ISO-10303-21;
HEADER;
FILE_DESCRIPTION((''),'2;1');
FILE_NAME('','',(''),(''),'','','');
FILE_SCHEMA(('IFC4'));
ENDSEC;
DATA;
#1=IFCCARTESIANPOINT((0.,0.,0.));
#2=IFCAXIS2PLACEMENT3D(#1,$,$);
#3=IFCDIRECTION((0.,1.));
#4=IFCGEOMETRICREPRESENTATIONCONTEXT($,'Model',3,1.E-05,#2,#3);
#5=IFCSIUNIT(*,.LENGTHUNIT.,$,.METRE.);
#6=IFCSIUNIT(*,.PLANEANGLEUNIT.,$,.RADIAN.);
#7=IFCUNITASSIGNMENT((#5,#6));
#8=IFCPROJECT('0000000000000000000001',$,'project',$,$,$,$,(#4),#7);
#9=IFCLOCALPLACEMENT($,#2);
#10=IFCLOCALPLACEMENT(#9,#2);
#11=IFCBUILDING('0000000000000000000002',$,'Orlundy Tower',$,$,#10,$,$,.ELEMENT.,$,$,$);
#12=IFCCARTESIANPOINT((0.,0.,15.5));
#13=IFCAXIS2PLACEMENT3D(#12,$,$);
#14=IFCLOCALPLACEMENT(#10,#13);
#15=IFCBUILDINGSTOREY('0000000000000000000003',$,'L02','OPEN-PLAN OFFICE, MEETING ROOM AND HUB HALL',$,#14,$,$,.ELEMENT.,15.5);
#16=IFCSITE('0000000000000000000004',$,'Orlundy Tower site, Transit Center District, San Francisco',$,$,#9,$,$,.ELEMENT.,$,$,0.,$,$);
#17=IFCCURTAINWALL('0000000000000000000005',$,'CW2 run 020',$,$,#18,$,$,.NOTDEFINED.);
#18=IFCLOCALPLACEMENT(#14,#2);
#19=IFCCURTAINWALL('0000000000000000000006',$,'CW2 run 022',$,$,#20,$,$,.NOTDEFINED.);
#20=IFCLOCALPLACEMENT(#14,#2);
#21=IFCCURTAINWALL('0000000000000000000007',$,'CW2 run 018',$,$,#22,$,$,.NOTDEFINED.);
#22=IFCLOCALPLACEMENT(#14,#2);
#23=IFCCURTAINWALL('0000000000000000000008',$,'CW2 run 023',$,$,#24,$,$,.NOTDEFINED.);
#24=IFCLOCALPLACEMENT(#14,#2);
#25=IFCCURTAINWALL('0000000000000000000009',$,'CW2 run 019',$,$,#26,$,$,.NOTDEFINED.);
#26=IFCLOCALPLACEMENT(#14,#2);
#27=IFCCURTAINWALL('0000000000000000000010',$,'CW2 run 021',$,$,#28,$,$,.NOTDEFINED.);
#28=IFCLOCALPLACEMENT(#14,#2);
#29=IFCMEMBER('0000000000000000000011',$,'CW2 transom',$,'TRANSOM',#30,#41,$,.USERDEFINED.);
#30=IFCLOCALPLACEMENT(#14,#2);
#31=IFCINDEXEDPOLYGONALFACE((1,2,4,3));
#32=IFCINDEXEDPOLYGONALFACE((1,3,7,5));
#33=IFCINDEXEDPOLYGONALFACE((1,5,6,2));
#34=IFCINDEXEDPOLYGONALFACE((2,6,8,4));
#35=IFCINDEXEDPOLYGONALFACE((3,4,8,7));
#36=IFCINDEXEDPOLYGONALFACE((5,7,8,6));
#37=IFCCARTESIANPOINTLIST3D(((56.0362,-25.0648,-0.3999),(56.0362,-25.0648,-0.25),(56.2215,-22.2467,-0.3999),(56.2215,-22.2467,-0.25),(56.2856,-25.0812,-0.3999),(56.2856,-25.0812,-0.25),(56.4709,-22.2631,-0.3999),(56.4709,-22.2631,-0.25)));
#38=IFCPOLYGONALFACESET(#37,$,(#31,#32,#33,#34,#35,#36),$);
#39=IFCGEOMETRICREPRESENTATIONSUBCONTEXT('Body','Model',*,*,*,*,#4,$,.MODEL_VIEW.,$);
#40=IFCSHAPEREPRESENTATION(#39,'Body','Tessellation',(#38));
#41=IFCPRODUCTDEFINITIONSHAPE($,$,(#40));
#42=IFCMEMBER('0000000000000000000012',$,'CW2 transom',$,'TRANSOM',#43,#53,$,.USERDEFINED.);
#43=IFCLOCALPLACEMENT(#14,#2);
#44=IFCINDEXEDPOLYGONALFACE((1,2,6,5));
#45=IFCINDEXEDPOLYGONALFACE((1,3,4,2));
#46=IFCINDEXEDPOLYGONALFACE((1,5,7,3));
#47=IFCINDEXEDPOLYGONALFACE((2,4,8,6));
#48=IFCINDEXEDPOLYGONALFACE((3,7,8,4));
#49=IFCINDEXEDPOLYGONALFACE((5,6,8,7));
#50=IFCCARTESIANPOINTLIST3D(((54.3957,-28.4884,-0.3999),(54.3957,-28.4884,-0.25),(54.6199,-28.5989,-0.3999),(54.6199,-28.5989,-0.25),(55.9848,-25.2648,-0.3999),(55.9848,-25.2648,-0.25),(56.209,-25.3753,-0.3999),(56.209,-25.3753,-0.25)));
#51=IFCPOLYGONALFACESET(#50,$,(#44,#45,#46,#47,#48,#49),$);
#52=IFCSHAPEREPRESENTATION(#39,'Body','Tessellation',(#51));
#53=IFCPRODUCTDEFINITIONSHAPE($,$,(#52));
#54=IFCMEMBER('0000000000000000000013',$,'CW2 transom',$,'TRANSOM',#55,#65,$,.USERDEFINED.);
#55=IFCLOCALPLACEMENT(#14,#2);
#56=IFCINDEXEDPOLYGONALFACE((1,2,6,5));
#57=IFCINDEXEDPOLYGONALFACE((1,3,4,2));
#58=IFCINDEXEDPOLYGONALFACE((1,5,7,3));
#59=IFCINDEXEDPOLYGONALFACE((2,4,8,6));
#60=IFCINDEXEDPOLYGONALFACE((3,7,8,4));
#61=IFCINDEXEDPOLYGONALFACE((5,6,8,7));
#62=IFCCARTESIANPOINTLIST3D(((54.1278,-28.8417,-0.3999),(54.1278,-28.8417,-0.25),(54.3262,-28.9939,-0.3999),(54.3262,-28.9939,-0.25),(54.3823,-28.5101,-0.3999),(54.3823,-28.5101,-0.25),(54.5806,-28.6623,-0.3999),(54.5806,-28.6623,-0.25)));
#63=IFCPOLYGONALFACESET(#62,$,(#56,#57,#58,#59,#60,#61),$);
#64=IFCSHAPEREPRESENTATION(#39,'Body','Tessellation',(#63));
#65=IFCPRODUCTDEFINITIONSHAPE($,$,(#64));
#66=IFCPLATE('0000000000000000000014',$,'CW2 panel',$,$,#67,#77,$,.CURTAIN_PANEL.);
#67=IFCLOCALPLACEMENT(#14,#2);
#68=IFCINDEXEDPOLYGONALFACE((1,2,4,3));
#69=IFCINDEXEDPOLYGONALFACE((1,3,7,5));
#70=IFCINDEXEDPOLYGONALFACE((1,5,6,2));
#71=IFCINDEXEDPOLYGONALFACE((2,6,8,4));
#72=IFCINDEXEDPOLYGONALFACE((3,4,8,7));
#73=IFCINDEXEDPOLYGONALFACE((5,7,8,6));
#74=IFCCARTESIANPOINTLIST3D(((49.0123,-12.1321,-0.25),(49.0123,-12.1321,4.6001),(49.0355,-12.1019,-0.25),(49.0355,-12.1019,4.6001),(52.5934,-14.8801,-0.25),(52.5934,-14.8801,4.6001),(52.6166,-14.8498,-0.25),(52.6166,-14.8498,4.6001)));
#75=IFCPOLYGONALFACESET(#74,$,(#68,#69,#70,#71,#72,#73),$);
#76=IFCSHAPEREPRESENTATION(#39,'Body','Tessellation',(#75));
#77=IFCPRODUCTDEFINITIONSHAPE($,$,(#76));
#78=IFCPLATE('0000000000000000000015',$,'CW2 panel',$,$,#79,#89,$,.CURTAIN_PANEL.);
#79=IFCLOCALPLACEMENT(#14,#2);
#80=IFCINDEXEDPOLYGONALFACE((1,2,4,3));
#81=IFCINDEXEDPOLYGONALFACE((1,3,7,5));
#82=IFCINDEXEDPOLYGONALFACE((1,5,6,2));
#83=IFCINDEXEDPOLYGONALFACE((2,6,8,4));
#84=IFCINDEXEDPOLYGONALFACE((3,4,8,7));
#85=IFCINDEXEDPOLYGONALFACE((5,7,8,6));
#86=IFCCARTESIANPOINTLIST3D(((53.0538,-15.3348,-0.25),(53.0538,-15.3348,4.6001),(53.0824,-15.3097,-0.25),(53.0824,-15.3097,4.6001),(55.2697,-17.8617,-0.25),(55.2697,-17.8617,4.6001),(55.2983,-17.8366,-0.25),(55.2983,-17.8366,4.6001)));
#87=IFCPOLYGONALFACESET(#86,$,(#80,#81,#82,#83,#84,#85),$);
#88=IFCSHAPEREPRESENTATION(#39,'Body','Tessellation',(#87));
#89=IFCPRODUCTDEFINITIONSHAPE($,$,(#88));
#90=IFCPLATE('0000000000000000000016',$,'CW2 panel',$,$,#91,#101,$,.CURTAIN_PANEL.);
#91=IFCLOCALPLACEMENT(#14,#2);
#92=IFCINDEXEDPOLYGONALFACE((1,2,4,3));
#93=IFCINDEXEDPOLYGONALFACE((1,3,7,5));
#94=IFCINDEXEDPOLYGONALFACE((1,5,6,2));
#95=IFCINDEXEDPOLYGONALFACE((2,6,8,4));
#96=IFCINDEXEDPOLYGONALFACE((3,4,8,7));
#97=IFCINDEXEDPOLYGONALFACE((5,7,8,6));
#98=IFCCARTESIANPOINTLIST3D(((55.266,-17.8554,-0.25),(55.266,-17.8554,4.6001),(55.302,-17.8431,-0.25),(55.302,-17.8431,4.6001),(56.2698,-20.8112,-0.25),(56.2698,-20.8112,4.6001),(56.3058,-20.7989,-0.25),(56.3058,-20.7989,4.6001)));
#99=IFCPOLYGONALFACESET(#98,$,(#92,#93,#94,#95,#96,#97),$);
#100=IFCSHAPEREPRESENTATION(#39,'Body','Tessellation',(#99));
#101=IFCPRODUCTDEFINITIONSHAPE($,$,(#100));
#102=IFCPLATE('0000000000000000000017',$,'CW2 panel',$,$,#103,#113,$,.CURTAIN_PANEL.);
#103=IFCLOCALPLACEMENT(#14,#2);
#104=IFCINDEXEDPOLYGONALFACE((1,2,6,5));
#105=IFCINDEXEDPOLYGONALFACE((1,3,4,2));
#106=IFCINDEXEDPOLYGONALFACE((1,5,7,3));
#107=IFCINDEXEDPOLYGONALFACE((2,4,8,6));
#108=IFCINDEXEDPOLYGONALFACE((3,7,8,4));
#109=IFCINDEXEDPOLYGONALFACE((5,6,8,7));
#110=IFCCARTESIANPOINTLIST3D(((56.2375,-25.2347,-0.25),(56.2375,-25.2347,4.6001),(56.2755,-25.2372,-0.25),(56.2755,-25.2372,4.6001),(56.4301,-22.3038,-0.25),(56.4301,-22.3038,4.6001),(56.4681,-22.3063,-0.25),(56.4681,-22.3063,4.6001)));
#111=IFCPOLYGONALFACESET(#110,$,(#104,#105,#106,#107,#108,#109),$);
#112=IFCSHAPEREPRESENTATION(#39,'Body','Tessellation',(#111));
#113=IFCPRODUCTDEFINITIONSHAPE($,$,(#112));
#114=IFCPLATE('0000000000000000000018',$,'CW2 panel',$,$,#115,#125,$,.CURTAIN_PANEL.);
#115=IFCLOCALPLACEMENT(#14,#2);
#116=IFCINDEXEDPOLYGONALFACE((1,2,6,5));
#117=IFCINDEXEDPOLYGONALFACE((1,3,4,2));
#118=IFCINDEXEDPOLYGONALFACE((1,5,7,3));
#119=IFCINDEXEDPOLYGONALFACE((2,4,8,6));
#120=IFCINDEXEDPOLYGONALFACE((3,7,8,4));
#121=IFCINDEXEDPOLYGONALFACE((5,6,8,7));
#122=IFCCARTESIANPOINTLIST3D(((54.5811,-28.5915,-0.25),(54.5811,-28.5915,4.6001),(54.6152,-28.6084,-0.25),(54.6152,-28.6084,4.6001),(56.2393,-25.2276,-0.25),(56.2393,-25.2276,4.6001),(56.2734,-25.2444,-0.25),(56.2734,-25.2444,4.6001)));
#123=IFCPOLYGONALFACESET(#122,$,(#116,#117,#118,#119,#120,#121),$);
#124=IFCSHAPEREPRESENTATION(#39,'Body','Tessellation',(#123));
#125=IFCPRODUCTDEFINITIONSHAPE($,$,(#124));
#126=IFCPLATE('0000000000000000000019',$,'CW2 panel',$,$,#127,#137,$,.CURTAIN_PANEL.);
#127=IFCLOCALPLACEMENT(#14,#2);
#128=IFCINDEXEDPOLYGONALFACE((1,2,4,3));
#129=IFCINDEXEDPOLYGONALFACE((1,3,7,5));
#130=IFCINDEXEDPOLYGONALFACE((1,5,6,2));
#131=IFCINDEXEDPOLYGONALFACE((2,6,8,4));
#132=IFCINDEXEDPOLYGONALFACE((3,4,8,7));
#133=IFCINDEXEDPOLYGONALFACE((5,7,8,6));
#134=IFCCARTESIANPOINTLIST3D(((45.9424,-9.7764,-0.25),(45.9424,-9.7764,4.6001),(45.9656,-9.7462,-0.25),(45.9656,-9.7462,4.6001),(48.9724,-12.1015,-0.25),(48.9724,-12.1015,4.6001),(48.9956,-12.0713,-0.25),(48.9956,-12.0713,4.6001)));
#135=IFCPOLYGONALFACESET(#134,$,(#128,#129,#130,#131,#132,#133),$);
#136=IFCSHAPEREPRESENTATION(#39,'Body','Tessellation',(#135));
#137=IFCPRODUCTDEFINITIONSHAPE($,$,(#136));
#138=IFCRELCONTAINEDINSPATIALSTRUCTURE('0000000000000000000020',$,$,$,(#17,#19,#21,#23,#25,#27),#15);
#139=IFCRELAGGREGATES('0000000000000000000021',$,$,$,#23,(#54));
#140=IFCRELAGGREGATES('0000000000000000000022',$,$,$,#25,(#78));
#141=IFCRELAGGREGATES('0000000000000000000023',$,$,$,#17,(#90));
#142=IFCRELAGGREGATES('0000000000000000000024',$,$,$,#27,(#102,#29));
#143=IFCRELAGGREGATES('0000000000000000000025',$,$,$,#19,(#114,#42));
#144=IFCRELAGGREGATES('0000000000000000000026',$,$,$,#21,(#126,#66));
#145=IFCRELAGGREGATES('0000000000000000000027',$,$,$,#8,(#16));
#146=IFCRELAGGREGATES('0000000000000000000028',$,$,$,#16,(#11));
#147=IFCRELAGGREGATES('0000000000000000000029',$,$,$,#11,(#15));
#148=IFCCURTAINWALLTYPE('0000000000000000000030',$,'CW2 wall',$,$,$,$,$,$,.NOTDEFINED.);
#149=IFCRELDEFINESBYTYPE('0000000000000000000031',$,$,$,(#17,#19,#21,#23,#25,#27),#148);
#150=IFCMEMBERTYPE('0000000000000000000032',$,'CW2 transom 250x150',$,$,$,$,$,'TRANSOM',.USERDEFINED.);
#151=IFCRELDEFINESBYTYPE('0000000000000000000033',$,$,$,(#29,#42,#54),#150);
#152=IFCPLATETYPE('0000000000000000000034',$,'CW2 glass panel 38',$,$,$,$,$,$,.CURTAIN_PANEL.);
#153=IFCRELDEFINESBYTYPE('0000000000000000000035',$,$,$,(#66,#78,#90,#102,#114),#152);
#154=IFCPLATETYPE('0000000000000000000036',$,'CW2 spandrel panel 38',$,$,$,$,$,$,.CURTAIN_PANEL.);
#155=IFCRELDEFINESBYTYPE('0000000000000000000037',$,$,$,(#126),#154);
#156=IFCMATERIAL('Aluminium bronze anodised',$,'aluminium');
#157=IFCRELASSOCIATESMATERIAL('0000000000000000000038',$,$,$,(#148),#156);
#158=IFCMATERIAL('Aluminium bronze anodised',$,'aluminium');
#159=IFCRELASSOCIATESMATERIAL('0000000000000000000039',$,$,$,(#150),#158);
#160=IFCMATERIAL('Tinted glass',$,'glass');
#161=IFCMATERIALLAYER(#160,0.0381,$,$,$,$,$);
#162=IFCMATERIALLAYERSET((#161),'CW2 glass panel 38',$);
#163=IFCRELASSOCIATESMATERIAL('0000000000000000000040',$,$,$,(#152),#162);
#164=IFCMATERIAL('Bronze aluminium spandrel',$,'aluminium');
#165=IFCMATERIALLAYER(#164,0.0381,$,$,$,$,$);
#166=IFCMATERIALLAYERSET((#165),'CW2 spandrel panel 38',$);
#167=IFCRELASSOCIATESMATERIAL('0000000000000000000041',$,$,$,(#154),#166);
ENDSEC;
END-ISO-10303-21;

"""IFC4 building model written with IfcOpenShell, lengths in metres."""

from ifc_helpers import new_model, si_unit, direction, frame, origin, origin_2d, place, context, subcontext, project, spatial, rectangle, extrude, material, layer, layer_set, material_profile, profile_set, type_object, element, aggregate, save


model = new_model("IFC4")

# Units and contexts
model_context = context("Model", 3, precision=1e-05, world=origin(), true_north=direction((0.0, 1.0)))
body_context = subcontext(model_context, "Body", "Model", "MODEL_VIEW")
ifc_project = project(units=[si_unit("LENGTHUNIT", "METRE"), si_unit("PLANEANGLEUNIT", "RADIAN")], contexts=[model_context])

# Site, building, storey
site_placement = place(None, origin())
site = spatial("IfcSite", under=ifc_project, at=site_placement, Name="Orlundy Tower site, Transit Center District, San Francisco", CompositionType="ELEMENT", RefElevation=0.0)
building_placement = place(site_placement, origin())
building = spatial("IfcBuilding", under=site, at=building_placement, Name="Orlundy Tower", CompositionType="ELEMENT")
storey_placement = place(building_placement, frame((0.0, 0.0, 15.5)))
storey = spatial("IfcBuildingStorey", under=building, at=storey_placement, Name="L02", Description="OPEN-PLAN OFFICE, MEETING ROOM AND HUB HALL", CompositionType="ELEMENT", Elevation=15.5)

# Curtain walls
ifc_material_1 = material(Name="Aluminium bronze anodised", Category="aluminium")
curtain_wall_type = type_object("IfcCurtainWallType", Name="CW2 wall", PredefinedType="NOTDEFINED", material=ifc_material_1)
curtain_wall_1_placement = place(storey_placement, origin())
curtain_wall_1 = element("IfcCurtainWall", 1, at=curtain_wall_1_placement, inside=storey, type_object=curtain_wall_type, Name="CW2 run 020", PredefinedType="NOTDEFINED")
curtain_wall_2_placement = place(storey_placement, origin())
curtain_wall_2 = element("IfcCurtainWall", 2, at=curtain_wall_2_placement, inside=storey, type_object=curtain_wall_type, Name="CW2 run 022", PredefinedType="NOTDEFINED")

# Curtain wall
curtain_wall_3_placement = place(storey_placement, origin())
curtain_wall_3 = element("IfcCurtainWall", 3, at=curtain_wall_3_placement, inside=storey, type_object=curtain_wall_type, Name="CW2 run 018", PredefinedType="NOTDEFINED")

# Curtain wall
curtain_wall_4_placement = place(storey_placement, origin())
curtain_wall_4 = element("IfcCurtainWall", 4, at=curtain_wall_4_placement, inside=storey, type_object=curtain_wall_type, Name="CW2 run 023", PredefinedType="NOTDEFINED")

# Shared definitions
ifc_material_2 = material(Name="Aluminium bronze anodised", Category="aluminium")
ifc_material_profile_1 = material_profile(ifc_material_2, rectangle(XDim=0.25, YDim=0.1499, at=origin_2d()), Name="CW2 transom 250x150")
ifc_profile_set_1 = profile_set([ifc_material_profile_1], Name="Aluminium bronze anodised")
member_type_1 = type_object("IfcMemberType", Name="CW2 transom 250x150", ElementType="TRANSOM", PredefinedType="USERDEFINED", material=ifc_profile_set_1)

# Curtain wall
curtain_wall_5_placement = place(storey_placement, origin())
curtain_wall_5 = element("IfcCurtainWall", 5, at=curtain_wall_5_placement, inside=storey, type_object=curtain_wall_type, Name="CW2 run 019", PredefinedType="NOTDEFINED")

# Curtain wall, member
curtain_wall_6_placement = place(storey_placement, origin())
curtain_wall_6 = element("IfcCurtainWall", 6, at=curtain_wall_6_placement, inside=storey, type_object=curtain_wall_type, Name="CW2 run 021", PredefinedType="NOTDEFINED")
member_1_placement = place(storey_placement, frame((56.3462, -22.2549, -0.325), z_axis=(-0.065612, -0.997845, 0.0), x_axis=(0.997845, -0.065612, 0.0)))
member_1 = element("IfcMember", 7, at=member_1_placement, type_object=member_type_1, Name="CW2 transom", ObjectType="TRANSOM", PredefinedType="USERDEFINED", context=body_context, shape_type="SweptSolid", body=[
    extrude(rectangle(XDim=0.25, YDim=0.1499, at=origin_2d()), origin(), (0.0, 0.0, 1.0), 2.8242),
])

# Members
member_2_placement = place(storey_placement, frame((56.0969, -25.3201, -0.325), z_axis=(-0.442153, -0.89694, 0.0), x_axis=(0.89694, -0.442153, 0.0)))
member_2 = element("IfcMember", 8, at=member_2_placement, type_object=member_type_1, Name="CW2 transom", ObjectType="TRANSOM", PredefinedType="USERDEFINED", context=body_context, shape_type="SweptSolid", body=[
    extrude(rectangle(XDim=0.25, YDim=0.1499, at=origin_2d()), origin(), (0.0, 0.0, 1.0), 3.594),
])
member_3_placement = place(storey_placement, frame((54.4814, -28.5862, -0.325), z_axis=(-0.60875, -0.793362, 0.0), x_axis=(0.793362, -0.60875, 0.0)))
member_3 = element("IfcMember", 9, at=member_3_placement, type_object=member_type_1, Name="CW2 transom", ObjectType="TRANSOM", PredefinedType="USERDEFINED", context=body_context, shape_type="SweptSolid", body=[
    extrude(rectangle(XDim=0.25, YDim=0.1499, at=origin_2d()), origin(), (0.0, 0.0, 1.0), 0.418),
])
aggregate(curtain_wall_4, [member_3])

# Plates
ifc_material_3 = material(Name="Tinted glass", Category="glass")
ifc_layer_1 = layer(ifc_material_3, 0.0381)
ifc_layer_set_1 = layer_set([ifc_layer_1], Name="CW2 glass panel 38")
plate_type_1 = type_object("IfcPlateType", Name="CW2 glass panel 38", PredefinedType="CURTAIN_PANEL", material=ifc_layer_set_1)
plate_1_placement = place(storey_placement, frame((50.8145, -13.491, -0.25), z_axis=(0.0, 0.0, 1.0), x_axis=(0.79334, -0.608779, 0.0)))
plate_1 = element("IfcPlate", 10, at=plate_1_placement, type_object=plate_type_1, Name="CW2 panel", PredefinedType="CURTAIN_PANEL", context=body_context, shape_type="SweptSolid", body=[
    extrude(rectangle(XDim=4.5139, YDim=0.0381, at=origin_2d()), origin(), (0.0, 0.0, 1.0), 4.8501),
])
plate_2_placement = place(storey_placement, frame((54.176, -16.5857, -0.25), z_axis=(0.0, 0.0, 1.0), x_axis=(0.659325, -0.751858, 0.0)))
plate_2 = element("IfcPlate", 11, at=plate_2_placement, type_object=plate_type_1, Name="CW2 panel", PredefinedType="CURTAIN_PANEL", context=body_context, shape_type="SweptSolid", body=[
    extrude(rectangle(XDim=3.3608, YDim=0.0381, at=origin_2d()), origin(), (0.0, 0.0, 1.0), 4.8501),
])
aggregate(curtain_wall_5, [plate_2])
plate_3_placement = place(storey_placement, frame((55.7859, -19.3271, -0.25), z_axis=(0.0, 0.0, 1.0), x_axis=(0.321564, -0.946888, 0.0)))
plate_3 = element("IfcPlate", 12, at=plate_3_placement, type_object=plate_type_1, Name="CW2 panel", PredefinedType="CURTAIN_PANEL", context=body_context, shape_type="SweptSolid", body=[
    extrude(rectangle(XDim=3.1216, YDim=0.0381, at=origin_2d()), origin(), (0.0, 0.0, 1.0), 4.8501),
])
aggregate(curtain_wall_1, [plate_3])
plate_4_placement = place(storey_placement, frame((56.3528, -23.7705, -0.25), z_axis=(0.0, 0.0, 1.0), x_axis=(-0.06557, -0.997848, 0.0)))
plate_4 = element("IfcPlate", 13, at=plate_4_placement, type_object=plate_type_1, Name="CW2 panel", PredefinedType="CURTAIN_PANEL", context=body_context, shape_type="SweptSolid", body=[
    extrude(rectangle(XDim=2.9373, YDim=0.0381, at=origin_2d()), origin(), (0.0, 0.0, 1.0), 4.8501),
])
aggregate(curtain_wall_6, [plate_4, member_1])
plate_5_placement = place(storey_placement, frame((55.4272, -26.918, -0.25), z_axis=(0.0, 0.0, 1.0), x_axis=(-0.442135, -0.896949, 0.0)))
plate_5 = element("IfcPlate", 14, at=plate_5_placement, type_object=plate_type_1, Name="CW2 panel", PredefinedType="CURTAIN_PANEL", context=body_context, shape_type="SweptSolid", body=[
    extrude(rectangle(XDim=3.7505, YDim=0.0381, at=origin_2d()), origin(), (0.0, 0.0, 1.0), 4.8501),
])
aggregate(curtain_wall_2, [plate_5, member_2])
ifc_material_4 = material(Name="Bronze aluminium spandrel", Category="aluminium")
ifc_layer_2 = layer(ifc_material_4, 0.0381)
ifc_layer_set_2 = layer_set([ifc_layer_2], Name="CW2 spandrel panel 38")
plate_type_2 = type_object("IfcPlateType", Name="CW2 spandrel panel 38", PredefinedType="CURTAIN_PANEL", material=ifc_layer_set_2)
plate_6_placement = place(storey_placement, frame((47.469, -10.9238, -0.25), z_axis=(0.0, 0.0, 1.0), x_axis=(0.79334, -0.608779, 0.0)))
plate_6 = element("IfcPlate", 15, at=plate_6_placement, type_object=plate_type_2, Name="CW2 panel", PredefinedType="CURTAIN_PANEL", context=body_context, shape_type="SweptSolid", body=[
    extrude(rectangle(XDim=3.8193, YDim=0.0381, at=origin_2d()), origin(), (0.0, 0.0, 1.0), 4.8501),
])
aggregate(curtain_wall_3, [plate_6, plate_1])

save(model, "model.ifc")
